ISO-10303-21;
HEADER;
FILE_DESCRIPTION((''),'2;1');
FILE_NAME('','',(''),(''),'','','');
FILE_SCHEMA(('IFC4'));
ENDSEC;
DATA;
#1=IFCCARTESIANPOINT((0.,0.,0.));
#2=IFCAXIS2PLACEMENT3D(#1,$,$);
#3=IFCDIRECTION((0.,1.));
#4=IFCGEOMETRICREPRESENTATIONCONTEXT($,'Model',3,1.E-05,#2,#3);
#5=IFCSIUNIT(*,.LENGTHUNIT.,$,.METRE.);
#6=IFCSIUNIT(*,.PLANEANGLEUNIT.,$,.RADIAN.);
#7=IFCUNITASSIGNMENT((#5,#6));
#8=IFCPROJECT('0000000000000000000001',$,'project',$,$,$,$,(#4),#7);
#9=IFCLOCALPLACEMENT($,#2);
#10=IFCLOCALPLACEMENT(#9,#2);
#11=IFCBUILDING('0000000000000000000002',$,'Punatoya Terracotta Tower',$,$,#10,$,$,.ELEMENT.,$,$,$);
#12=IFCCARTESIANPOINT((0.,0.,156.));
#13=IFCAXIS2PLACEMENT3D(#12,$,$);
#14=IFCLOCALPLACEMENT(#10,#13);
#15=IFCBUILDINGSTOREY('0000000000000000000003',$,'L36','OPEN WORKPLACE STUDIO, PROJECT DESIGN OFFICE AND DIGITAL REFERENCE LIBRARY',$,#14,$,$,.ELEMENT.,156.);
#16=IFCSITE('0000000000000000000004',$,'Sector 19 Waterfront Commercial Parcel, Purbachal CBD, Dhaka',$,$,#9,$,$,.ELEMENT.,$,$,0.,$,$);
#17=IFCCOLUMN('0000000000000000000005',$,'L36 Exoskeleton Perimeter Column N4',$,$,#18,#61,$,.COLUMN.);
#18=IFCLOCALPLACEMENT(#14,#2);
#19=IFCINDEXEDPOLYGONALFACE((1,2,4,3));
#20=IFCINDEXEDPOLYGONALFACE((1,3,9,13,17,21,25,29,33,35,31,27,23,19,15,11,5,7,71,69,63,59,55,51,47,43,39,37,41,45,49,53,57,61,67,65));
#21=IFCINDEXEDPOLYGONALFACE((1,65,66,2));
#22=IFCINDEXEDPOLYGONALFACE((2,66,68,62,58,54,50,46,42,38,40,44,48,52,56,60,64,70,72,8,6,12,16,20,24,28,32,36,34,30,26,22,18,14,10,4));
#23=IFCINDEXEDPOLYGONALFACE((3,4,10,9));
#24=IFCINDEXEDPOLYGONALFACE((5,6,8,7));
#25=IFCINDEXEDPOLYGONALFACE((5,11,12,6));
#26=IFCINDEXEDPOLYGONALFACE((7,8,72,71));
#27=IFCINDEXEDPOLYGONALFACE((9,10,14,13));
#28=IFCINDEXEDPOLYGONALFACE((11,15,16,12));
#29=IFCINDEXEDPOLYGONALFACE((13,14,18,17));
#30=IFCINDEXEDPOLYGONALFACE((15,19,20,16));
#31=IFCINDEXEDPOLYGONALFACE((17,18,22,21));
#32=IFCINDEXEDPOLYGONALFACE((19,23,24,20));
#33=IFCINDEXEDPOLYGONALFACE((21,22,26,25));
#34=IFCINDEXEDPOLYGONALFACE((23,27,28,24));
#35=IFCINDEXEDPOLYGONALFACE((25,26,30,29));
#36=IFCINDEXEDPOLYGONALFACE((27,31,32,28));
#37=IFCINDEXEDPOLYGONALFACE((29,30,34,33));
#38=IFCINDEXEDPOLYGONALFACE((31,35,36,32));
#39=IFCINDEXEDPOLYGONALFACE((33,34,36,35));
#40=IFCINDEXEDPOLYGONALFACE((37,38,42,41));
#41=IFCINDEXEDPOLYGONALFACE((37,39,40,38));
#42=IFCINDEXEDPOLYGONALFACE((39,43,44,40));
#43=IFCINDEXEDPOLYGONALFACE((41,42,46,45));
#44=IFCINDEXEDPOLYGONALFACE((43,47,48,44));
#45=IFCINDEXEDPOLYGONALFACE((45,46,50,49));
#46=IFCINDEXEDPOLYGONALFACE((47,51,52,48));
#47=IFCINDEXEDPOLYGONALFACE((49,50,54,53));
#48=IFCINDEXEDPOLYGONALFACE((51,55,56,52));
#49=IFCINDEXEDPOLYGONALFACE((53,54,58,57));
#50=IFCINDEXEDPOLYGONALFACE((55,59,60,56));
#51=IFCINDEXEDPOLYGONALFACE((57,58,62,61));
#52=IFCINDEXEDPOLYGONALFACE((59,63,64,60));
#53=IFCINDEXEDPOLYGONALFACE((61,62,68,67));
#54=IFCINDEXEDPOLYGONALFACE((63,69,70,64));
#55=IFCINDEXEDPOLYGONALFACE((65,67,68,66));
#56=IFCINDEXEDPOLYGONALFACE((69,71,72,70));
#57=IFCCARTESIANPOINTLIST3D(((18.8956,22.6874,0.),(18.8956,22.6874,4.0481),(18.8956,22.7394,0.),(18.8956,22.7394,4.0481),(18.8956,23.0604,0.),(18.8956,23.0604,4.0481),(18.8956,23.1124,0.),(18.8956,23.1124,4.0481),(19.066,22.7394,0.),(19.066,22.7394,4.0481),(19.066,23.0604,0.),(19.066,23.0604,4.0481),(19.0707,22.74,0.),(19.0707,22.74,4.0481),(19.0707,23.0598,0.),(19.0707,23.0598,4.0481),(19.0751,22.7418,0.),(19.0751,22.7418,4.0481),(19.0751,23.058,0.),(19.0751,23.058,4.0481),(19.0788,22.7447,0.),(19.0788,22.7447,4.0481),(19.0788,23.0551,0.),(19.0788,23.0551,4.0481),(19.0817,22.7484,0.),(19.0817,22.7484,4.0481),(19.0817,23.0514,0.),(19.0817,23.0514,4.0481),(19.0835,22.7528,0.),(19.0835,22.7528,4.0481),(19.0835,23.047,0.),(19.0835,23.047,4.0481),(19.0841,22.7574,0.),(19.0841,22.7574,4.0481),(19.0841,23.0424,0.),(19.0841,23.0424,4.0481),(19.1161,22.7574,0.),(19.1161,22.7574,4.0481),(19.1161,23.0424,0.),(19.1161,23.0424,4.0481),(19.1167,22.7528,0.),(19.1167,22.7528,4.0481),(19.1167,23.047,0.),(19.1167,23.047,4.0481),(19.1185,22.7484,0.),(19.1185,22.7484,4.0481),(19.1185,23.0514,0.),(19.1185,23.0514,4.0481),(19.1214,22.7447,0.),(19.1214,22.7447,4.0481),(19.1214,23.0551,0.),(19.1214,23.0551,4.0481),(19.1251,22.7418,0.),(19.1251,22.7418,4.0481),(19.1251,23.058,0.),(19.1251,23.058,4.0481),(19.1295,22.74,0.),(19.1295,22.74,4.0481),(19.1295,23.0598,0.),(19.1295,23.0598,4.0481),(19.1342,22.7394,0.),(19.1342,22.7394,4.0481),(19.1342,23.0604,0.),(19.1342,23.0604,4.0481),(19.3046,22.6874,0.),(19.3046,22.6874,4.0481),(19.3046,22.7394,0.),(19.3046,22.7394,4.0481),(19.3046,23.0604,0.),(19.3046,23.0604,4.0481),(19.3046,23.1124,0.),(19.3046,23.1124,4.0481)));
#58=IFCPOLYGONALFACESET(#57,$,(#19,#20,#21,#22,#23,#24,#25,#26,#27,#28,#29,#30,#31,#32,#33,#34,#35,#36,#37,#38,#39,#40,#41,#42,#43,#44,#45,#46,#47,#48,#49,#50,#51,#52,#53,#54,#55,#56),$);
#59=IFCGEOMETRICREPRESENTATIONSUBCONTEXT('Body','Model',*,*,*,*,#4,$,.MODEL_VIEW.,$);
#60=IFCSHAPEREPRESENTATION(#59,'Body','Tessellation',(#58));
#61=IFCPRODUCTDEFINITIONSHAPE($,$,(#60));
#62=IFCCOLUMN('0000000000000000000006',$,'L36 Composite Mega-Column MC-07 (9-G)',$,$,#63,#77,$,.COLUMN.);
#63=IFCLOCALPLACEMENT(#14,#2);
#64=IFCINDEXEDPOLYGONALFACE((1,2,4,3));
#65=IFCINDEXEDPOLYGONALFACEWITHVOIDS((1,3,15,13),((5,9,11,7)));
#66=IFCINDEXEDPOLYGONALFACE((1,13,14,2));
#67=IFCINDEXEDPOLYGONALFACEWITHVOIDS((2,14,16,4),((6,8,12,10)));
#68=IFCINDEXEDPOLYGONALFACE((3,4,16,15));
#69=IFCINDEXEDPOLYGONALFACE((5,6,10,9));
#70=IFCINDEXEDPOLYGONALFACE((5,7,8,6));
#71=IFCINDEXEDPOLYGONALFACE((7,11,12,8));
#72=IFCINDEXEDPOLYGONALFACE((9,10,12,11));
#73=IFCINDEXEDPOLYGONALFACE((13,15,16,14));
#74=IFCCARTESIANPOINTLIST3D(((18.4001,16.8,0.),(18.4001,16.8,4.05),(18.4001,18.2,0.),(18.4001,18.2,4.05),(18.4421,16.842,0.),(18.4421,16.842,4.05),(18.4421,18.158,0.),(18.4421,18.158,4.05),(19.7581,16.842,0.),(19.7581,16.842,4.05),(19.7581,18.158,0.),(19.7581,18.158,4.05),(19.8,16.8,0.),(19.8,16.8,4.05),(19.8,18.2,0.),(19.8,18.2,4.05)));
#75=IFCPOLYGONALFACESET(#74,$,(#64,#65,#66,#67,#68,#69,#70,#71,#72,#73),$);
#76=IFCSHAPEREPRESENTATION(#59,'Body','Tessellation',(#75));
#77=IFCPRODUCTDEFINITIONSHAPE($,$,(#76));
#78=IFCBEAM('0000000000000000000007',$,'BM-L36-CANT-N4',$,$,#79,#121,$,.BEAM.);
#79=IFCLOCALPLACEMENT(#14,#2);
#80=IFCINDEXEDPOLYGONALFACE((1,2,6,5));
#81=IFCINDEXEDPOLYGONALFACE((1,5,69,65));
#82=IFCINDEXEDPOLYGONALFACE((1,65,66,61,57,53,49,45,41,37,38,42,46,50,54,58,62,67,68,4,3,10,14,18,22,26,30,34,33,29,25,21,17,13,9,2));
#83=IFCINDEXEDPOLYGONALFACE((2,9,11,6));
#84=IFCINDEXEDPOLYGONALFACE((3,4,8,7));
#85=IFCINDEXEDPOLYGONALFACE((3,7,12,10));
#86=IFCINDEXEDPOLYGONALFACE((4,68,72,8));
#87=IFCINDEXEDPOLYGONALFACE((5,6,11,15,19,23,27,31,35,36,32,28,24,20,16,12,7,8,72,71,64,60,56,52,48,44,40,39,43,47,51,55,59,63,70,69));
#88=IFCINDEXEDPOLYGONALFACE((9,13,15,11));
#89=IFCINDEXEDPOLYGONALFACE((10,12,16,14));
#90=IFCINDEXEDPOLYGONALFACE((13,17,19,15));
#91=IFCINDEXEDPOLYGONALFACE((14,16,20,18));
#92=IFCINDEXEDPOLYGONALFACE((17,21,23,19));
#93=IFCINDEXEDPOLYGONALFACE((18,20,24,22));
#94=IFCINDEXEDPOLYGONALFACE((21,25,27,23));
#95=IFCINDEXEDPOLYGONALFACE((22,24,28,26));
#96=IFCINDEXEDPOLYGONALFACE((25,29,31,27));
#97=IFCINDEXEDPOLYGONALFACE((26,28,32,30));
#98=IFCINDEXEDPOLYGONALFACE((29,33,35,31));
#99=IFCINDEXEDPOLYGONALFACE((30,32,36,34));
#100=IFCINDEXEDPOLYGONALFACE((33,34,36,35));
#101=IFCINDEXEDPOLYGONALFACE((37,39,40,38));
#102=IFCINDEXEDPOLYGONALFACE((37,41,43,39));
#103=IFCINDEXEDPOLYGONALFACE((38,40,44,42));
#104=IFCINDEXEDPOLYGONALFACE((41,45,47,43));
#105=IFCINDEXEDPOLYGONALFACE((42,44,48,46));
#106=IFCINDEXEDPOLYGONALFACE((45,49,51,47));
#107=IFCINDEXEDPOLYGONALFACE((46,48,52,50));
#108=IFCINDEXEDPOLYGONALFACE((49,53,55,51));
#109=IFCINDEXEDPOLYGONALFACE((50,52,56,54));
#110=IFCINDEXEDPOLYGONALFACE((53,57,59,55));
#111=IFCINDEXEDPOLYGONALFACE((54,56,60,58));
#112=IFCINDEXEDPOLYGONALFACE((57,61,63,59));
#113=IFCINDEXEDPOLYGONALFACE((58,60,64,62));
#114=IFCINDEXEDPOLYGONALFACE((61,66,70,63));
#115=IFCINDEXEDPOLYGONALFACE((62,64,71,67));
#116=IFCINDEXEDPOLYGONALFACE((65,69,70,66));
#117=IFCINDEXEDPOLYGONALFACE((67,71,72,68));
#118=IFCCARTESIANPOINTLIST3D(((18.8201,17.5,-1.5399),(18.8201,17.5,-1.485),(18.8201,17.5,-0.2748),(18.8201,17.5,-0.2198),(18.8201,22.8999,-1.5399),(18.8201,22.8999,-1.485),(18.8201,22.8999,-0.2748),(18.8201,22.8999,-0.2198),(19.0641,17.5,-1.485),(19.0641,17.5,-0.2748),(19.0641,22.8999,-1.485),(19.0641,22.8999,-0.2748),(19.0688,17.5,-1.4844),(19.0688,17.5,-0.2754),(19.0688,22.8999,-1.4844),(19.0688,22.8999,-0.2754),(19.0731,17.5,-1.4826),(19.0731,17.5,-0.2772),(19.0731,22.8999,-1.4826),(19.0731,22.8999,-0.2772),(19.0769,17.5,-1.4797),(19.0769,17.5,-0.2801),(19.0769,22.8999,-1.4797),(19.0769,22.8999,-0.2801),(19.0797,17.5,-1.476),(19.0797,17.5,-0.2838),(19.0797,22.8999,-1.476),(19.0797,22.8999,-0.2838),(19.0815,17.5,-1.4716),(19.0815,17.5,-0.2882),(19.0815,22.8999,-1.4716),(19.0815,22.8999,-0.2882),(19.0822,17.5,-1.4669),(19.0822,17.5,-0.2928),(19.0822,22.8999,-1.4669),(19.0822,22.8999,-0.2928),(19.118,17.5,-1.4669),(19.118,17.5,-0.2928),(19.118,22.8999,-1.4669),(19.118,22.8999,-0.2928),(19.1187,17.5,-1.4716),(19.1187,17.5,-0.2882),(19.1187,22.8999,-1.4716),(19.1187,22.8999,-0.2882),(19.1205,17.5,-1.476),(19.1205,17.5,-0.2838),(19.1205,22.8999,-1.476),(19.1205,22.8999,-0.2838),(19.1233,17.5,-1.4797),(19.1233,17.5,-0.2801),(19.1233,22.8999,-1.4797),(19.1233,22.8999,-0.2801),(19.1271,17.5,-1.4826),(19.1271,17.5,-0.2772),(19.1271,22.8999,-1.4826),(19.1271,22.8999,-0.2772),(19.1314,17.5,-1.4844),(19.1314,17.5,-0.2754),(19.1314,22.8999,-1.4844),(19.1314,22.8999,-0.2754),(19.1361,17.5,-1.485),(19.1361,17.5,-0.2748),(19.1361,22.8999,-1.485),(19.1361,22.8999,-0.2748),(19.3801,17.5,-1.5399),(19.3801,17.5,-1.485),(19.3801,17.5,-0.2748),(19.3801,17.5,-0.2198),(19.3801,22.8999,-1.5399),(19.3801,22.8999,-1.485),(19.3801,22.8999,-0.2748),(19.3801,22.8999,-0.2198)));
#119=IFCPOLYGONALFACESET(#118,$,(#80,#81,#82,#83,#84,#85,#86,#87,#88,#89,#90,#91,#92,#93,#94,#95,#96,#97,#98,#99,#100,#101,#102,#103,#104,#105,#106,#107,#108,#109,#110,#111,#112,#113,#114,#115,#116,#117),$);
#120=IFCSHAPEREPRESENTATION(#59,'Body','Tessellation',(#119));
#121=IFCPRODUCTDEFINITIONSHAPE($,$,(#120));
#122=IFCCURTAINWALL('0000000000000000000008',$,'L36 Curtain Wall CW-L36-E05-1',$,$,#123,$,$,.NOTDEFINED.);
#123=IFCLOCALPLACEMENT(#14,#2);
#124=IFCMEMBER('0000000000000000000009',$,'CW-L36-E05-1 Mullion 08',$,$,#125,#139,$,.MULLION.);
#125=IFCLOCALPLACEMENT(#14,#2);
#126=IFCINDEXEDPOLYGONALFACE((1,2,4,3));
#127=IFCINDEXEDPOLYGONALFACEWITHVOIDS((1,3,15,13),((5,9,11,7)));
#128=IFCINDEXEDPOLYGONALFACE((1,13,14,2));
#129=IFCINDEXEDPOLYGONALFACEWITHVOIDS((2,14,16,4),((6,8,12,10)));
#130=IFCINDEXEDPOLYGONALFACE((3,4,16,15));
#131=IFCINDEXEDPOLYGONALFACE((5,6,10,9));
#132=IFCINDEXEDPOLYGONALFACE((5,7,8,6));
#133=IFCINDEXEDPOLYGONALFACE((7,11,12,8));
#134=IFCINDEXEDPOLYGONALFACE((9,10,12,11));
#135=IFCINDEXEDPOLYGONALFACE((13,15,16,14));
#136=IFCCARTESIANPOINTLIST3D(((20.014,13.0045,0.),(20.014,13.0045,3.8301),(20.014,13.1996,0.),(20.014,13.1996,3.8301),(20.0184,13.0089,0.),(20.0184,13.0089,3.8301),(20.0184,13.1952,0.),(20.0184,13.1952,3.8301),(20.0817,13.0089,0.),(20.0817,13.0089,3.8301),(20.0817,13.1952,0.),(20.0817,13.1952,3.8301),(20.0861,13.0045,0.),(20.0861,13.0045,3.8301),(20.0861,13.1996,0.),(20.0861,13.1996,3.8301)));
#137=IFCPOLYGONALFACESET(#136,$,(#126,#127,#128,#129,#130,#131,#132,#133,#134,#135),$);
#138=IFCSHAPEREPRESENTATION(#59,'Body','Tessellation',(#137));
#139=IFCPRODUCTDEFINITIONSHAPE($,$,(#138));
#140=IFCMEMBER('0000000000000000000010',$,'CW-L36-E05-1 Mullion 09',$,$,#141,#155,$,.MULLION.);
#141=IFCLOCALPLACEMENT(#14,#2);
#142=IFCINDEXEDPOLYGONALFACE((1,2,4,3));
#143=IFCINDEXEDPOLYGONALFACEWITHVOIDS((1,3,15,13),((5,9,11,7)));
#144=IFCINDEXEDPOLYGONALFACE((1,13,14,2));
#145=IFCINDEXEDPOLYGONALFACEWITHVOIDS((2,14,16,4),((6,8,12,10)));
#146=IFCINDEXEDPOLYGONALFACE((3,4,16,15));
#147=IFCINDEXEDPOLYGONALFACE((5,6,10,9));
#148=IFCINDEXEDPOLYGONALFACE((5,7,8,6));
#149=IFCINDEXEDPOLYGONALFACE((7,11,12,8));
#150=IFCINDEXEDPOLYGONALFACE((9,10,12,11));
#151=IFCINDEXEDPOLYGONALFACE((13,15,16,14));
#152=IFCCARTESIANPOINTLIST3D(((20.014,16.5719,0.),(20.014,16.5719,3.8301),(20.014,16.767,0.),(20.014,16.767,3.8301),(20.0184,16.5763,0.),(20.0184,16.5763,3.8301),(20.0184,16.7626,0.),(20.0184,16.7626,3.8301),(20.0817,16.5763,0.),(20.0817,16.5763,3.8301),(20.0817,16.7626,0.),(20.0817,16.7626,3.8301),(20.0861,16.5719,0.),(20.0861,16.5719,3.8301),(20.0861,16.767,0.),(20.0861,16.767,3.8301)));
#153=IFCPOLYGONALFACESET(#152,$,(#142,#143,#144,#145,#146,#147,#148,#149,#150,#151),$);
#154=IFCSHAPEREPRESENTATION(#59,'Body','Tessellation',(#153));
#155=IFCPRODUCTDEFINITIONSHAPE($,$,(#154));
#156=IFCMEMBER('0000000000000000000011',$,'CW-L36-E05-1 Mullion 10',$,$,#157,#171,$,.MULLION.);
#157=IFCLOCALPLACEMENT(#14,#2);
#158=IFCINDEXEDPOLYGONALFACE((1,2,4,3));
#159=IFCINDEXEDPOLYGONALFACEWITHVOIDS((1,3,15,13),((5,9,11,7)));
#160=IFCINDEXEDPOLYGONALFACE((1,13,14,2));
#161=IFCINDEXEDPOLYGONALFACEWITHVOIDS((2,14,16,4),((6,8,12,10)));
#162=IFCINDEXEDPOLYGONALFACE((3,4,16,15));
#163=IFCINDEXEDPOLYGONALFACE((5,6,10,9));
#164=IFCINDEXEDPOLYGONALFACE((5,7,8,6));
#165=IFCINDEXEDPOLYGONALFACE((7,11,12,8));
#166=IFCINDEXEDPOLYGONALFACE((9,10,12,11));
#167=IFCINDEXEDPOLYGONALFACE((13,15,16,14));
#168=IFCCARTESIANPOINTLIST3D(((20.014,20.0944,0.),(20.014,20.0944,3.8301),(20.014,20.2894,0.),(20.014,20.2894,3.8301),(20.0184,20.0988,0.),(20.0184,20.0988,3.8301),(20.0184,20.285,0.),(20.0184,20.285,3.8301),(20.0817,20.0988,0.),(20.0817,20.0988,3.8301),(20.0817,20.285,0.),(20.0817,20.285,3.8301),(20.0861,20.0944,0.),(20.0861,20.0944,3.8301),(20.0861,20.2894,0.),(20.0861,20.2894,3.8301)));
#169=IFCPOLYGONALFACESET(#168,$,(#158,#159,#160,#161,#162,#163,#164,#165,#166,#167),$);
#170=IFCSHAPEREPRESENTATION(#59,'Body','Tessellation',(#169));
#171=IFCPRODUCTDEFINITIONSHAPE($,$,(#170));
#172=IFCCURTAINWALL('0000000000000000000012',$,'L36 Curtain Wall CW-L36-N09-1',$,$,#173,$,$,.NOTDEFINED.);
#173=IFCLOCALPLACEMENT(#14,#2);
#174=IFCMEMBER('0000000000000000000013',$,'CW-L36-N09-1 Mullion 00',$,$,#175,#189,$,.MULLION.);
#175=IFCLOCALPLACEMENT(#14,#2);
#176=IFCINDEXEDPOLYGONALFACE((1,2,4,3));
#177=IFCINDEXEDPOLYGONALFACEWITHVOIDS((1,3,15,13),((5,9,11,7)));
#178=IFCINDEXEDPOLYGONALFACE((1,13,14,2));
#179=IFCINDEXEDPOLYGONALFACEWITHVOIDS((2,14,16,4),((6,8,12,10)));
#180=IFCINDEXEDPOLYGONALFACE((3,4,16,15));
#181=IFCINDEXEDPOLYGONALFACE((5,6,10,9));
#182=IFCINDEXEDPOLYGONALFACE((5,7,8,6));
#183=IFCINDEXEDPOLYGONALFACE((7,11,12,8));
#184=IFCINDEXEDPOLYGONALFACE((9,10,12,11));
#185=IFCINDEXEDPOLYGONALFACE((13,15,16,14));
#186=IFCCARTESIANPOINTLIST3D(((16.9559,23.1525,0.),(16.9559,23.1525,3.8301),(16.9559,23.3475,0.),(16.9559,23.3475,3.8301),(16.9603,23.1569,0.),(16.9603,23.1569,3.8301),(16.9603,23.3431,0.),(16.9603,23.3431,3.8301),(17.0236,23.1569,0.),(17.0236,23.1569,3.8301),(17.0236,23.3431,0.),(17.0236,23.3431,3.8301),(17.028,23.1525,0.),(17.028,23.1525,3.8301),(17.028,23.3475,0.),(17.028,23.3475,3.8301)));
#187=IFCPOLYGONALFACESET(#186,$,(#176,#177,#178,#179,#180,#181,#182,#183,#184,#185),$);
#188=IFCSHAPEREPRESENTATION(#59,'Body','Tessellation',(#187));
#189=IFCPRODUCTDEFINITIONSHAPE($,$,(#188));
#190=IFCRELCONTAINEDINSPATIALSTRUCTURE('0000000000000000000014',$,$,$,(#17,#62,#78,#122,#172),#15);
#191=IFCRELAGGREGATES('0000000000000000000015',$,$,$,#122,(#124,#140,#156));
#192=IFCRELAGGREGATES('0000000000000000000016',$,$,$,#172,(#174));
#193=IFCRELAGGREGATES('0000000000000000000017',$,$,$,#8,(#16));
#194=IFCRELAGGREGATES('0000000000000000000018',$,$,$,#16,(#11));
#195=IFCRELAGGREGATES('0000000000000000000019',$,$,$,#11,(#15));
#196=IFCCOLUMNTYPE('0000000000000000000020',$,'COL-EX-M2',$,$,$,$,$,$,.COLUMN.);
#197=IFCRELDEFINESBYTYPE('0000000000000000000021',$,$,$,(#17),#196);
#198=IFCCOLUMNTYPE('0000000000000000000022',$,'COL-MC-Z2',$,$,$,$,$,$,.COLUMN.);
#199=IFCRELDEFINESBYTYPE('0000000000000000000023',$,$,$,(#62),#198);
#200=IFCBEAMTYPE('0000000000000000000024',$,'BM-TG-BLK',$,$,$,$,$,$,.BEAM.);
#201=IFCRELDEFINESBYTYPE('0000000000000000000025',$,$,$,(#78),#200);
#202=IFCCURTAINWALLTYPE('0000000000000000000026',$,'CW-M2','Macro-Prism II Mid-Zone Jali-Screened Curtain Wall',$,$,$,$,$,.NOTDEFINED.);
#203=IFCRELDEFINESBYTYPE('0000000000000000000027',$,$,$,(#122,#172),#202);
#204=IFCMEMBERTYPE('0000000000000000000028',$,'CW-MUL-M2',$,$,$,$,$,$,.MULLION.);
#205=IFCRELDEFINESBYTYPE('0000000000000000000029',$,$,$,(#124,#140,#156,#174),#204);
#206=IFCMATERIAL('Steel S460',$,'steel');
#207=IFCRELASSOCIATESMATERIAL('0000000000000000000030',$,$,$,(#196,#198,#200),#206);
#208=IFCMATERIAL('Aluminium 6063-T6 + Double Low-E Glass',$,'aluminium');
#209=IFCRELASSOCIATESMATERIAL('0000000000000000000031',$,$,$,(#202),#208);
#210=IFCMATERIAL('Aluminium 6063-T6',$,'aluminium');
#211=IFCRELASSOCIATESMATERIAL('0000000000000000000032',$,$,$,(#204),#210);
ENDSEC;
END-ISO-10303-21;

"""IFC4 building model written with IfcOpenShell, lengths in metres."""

from ifc_helpers import new_model, si_unit, direction, frame, origin, origin_2d, place, context, subcontext, project, spatial, hollow_rectangle, i_section, extrude, material, material_profile, profile_set, type_object, element, aggregate, save


model = new_model("IFC4")

# Units and contexts
model_context = context("Model", 3, precision=1e-05, world=origin(), true_north=direction((0.0, 1.0)))
body_context = subcontext(model_context, "Body", "Model", "MODEL_VIEW")
ifc_project = project(units=[si_unit("LENGTHUNIT", "METRE"), si_unit("PLANEANGLEUNIT", "RADIAN")], contexts=[model_context])

# Site, building, storey
site_placement = place(None, origin())
site = spatial("IfcSite", under=ifc_project, at=site_placement, Name="Sector 19 Waterfront Commercial Parcel, Purbachal CBD, Dhaka", CompositionType="ELEMENT", RefElevation=0.0)
building_placement = place(site_placement, origin())
building = spatial("IfcBuilding", under=site, at=building_placement, Name="Punatoya Terracotta Tower", CompositionType="ELEMENT")
storey_placement = place(building_placement, frame((0.0, 0.0, 156.0)))
storey = spatial("IfcBuildingStorey", under=building, at=storey_placement, Name="L36", Description="OPEN WORKPLACE STUDIO, PROJECT DESIGN OFFICE AND DIGITAL REFERENCE LIBRARY", CompositionType="ELEMENT", Elevation=156.0)

# Columns
ifc_material_1 = material(Name="Steel S460", Category="steel")
ifc_material_profile_1 = material_profile(ifc_material_1, i_section(OverallWidth=0.4089, OverallDepth=0.425, WebThickness=0.032, FlangeThickness=0.052, FilletRadius=0.0181, at=origin_2d()))
ifc_profile_set_1 = profile_set([ifc_material_profile_1], Name="Steel S460")
column_type_1 = type_object("IfcColumnType", Name="COL-EX-M2", PredefinedType="COLUMN", material=ifc_profile_set_1)
column_1_placement = place(storey_placement, frame((19.1001, 22.8999, 0.0), z_axis=(0.0, 0.0, 1.0), x_axis=(1.0, 0.0, 0.0)))
element("IfcColumn", 1, at=column_1_placement, inside=storey, type_object=column_type_1, Name="L36 Exoskeleton Perimeter Column N4", PredefinedType="COLUMN", context=body_context, shape_type="SweptSolid", body=[
    extrude(i_section(OverallWidth=0.4089, OverallDepth=0.425, WebThickness=0.032, FlangeThickness=0.052, FilletRadius=0.0181, at=origin_2d()), origin(), (0.0, 0.0, 1.0), 4.0481),
])
ifc_material_profile_2 = material_profile(ifc_material_1, hollow_rectangle(XDim=1.3999, YDim=1.3999, WallThickness=0.042, at=origin_2d()))
ifc_profile_set_2 = profile_set([ifc_material_profile_2], Name="Steel S460")
column_type_2 = type_object("IfcColumnType", Name="COL-MC-Z2", PredefinedType="COLUMN", material=ifc_profile_set_2)
column_2_placement = place(storey_placement, frame((19.1001, 17.5, 0.0), z_axis=(0.0, 0.0, 1.0), x_axis=(1.0, 0.0, 0.0)))
element("IfcColumn", 2, at=column_2_placement, inside=storey, type_object=column_type_2, Name="L36 Composite Mega-Column MC-07 (9-G)", PredefinedType="COLUMN", context=body_context, shape_type="SweptSolid", body=[
    extrude(hollow_rectangle(XDim=1.3999, YDim=1.3999, WallThickness=0.042, at=origin_2d()), origin(), (0.0, 0.0, 1.0), 4.05),
])

# Beam
ifc_material_profile_3 = material_profile(ifc_material_1, i_section(OverallWidth=0.5601, OverallDepth=1.3201, WebThickness=0.0359, FlangeThickness=0.0549, FilletRadius=0.0181, at=origin_2d()))
ifc_profile_set_3 = profile_set([ifc_material_profile_3], Name="Steel S460")
beam_type = type_object("IfcBeamType", Name="BM-TG-BLK", PredefinedType="BEAM", material=ifc_profile_set_3)
beam_placement = place(storey_placement, frame((19.1001, 17.5, -0.8799), z_axis=(0.0, 1.0, 0.0), x_axis=(-1.0, 0.0, 0.0)))
element("IfcBeam", 3, at=beam_placement, inside=storey, type_object=beam_type, Name="BM-L36-CANT-N4", PredefinedType="BEAM", context=body_context, shape_type="SweptSolid", body=[
    extrude(i_section(OverallWidth=0.5601, OverallDepth=1.3201, WebThickness=0.0359, FlangeThickness=0.0549, FilletRadius=0.0181, at=origin_2d()), origin(), (0.0, 0.0, 1.0), 5.3999),
])

# Curtain walls, members
ifc_material_2 = material(Name="Aluminium 6063-T6 + Double Low-E Glass", Category="aluminium")
curtain_wall_type = type_object("IfcCurtainWallType", Name="CW-M2", Description="Macro-Prism II Mid-Zone Jali-Screened Curtain Wall", PredefinedType="NOTDEFINED", material=ifc_material_2)
curtain_wall_1_placement = place(storey_placement, origin())
curtain_wall_1 = element("IfcCurtainWall", 4, at=curtain_wall_1_placement, inside=storey, type_object=curtain_wall_type, Name="L36 Curtain Wall CW-L36-E05-1", PredefinedType="NOTDEFINED")
ifc_material_3 = material(Name="Aluminium 6063-T6", Category="aluminium")
ifc_material_profile_4 = material_profile(ifc_material_3, hollow_rectangle(XDim=0.072, YDim=0.1951, WallThickness=0.0044, at=origin_2d()))
ifc_profile_set_4 = profile_set([ifc_material_profile_4], Name="Aluminium 6063-T6")
member_type_1 = type_object("IfcMemberType", Name="CW-MUL-M2", PredefinedType="MULLION", material=ifc_profile_set_4)
member_1_placement = place(storey_placement, frame((20.05, 13.1021, 0.0), z_axis=(0.0, 0.0, 1.0), x_axis=(1.0, 0.0, 0.0)))
member_1 = element("IfcMember", 5, at=member_1_placement, type_object=member_type_1, Name="CW-L36-E05-1 Mullion 08", PredefinedType="MULLION", context=body_context, shape_type="SweptSolid", body=[
    extrude(hollow_rectangle(XDim=0.072, YDim=0.1951, WallThickness=0.0044, at=origin_2d()), origin(), (0.0, 0.0, 1.0), 3.8301),
])
member_2_placement = place(storey_placement, frame((20.05, 16.6694, 0.0), z_axis=(0.0, 0.0, 1.0), x_axis=(1.0, 0.0, 0.0)))
member_2 = element("IfcMember", 6, at=member_2_placement, type_object=member_type_1, Name="CW-L36-E05-1 Mullion 09", PredefinedType="MULLION", context=body_context, shape_type="SweptSolid", body=[
    extrude(hollow_rectangle(XDim=0.072, YDim=0.1951, WallThickness=0.0044, at=origin_2d()), origin(), (0.0, 0.0, 1.0), 3.8301),
])
member_3_placement = place(storey_placement, frame((20.05, 20.1919, 0.0), z_axis=(0.0, 0.0, 1.0), x_axis=(1.0, 0.0, 0.0)))
member_3 = element("IfcMember", 7, at=member_3_placement, type_object=member_type_1, Name="CW-L36-E05-1 Mullion 10", PredefinedType="MULLION", context=body_context, shape_type="SweptSolid", body=[
    extrude(hollow_rectangle(XDim=0.072, YDim=0.1951, WallThickness=0.0044, at=origin_2d()), origin(), (0.0, 0.0, 1.0), 3.8301),
])
curtain_wall_2_placement = place(storey_placement, origin())
curtain_wall_2 = element("IfcCurtainWall", 8, at=curtain_wall_2_placement, inside=storey, type_object=curtain_wall_type, Name="L36 Curtain Wall CW-L36-N09-1", PredefinedType="NOTDEFINED")
member_4_placement = place(storey_placement, frame((16.9919, 23.25, 0.0), z_axis=(0.0, 0.0, 1.0), x_axis=(1.0, 0.0, 0.0)))
member_4 = element("IfcMember", 9, at=member_4_placement, type_object=member_type_1, Name="CW-L36-N09-1 Mullion 00", PredefinedType="MULLION", context=body_context, shape_type="SweptSolid", body=[
    extrude(hollow_rectangle(XDim=0.072, YDim=0.1951, WallThickness=0.0044, at=origin_2d()), origin(), (0.0, 0.0, 1.0), 3.8301),
])

aggregate(curtain_wall_1, [member_1, member_2, member_3])
aggregate(curtain_wall_2, [member_4])

save(model, "model.ifc")
